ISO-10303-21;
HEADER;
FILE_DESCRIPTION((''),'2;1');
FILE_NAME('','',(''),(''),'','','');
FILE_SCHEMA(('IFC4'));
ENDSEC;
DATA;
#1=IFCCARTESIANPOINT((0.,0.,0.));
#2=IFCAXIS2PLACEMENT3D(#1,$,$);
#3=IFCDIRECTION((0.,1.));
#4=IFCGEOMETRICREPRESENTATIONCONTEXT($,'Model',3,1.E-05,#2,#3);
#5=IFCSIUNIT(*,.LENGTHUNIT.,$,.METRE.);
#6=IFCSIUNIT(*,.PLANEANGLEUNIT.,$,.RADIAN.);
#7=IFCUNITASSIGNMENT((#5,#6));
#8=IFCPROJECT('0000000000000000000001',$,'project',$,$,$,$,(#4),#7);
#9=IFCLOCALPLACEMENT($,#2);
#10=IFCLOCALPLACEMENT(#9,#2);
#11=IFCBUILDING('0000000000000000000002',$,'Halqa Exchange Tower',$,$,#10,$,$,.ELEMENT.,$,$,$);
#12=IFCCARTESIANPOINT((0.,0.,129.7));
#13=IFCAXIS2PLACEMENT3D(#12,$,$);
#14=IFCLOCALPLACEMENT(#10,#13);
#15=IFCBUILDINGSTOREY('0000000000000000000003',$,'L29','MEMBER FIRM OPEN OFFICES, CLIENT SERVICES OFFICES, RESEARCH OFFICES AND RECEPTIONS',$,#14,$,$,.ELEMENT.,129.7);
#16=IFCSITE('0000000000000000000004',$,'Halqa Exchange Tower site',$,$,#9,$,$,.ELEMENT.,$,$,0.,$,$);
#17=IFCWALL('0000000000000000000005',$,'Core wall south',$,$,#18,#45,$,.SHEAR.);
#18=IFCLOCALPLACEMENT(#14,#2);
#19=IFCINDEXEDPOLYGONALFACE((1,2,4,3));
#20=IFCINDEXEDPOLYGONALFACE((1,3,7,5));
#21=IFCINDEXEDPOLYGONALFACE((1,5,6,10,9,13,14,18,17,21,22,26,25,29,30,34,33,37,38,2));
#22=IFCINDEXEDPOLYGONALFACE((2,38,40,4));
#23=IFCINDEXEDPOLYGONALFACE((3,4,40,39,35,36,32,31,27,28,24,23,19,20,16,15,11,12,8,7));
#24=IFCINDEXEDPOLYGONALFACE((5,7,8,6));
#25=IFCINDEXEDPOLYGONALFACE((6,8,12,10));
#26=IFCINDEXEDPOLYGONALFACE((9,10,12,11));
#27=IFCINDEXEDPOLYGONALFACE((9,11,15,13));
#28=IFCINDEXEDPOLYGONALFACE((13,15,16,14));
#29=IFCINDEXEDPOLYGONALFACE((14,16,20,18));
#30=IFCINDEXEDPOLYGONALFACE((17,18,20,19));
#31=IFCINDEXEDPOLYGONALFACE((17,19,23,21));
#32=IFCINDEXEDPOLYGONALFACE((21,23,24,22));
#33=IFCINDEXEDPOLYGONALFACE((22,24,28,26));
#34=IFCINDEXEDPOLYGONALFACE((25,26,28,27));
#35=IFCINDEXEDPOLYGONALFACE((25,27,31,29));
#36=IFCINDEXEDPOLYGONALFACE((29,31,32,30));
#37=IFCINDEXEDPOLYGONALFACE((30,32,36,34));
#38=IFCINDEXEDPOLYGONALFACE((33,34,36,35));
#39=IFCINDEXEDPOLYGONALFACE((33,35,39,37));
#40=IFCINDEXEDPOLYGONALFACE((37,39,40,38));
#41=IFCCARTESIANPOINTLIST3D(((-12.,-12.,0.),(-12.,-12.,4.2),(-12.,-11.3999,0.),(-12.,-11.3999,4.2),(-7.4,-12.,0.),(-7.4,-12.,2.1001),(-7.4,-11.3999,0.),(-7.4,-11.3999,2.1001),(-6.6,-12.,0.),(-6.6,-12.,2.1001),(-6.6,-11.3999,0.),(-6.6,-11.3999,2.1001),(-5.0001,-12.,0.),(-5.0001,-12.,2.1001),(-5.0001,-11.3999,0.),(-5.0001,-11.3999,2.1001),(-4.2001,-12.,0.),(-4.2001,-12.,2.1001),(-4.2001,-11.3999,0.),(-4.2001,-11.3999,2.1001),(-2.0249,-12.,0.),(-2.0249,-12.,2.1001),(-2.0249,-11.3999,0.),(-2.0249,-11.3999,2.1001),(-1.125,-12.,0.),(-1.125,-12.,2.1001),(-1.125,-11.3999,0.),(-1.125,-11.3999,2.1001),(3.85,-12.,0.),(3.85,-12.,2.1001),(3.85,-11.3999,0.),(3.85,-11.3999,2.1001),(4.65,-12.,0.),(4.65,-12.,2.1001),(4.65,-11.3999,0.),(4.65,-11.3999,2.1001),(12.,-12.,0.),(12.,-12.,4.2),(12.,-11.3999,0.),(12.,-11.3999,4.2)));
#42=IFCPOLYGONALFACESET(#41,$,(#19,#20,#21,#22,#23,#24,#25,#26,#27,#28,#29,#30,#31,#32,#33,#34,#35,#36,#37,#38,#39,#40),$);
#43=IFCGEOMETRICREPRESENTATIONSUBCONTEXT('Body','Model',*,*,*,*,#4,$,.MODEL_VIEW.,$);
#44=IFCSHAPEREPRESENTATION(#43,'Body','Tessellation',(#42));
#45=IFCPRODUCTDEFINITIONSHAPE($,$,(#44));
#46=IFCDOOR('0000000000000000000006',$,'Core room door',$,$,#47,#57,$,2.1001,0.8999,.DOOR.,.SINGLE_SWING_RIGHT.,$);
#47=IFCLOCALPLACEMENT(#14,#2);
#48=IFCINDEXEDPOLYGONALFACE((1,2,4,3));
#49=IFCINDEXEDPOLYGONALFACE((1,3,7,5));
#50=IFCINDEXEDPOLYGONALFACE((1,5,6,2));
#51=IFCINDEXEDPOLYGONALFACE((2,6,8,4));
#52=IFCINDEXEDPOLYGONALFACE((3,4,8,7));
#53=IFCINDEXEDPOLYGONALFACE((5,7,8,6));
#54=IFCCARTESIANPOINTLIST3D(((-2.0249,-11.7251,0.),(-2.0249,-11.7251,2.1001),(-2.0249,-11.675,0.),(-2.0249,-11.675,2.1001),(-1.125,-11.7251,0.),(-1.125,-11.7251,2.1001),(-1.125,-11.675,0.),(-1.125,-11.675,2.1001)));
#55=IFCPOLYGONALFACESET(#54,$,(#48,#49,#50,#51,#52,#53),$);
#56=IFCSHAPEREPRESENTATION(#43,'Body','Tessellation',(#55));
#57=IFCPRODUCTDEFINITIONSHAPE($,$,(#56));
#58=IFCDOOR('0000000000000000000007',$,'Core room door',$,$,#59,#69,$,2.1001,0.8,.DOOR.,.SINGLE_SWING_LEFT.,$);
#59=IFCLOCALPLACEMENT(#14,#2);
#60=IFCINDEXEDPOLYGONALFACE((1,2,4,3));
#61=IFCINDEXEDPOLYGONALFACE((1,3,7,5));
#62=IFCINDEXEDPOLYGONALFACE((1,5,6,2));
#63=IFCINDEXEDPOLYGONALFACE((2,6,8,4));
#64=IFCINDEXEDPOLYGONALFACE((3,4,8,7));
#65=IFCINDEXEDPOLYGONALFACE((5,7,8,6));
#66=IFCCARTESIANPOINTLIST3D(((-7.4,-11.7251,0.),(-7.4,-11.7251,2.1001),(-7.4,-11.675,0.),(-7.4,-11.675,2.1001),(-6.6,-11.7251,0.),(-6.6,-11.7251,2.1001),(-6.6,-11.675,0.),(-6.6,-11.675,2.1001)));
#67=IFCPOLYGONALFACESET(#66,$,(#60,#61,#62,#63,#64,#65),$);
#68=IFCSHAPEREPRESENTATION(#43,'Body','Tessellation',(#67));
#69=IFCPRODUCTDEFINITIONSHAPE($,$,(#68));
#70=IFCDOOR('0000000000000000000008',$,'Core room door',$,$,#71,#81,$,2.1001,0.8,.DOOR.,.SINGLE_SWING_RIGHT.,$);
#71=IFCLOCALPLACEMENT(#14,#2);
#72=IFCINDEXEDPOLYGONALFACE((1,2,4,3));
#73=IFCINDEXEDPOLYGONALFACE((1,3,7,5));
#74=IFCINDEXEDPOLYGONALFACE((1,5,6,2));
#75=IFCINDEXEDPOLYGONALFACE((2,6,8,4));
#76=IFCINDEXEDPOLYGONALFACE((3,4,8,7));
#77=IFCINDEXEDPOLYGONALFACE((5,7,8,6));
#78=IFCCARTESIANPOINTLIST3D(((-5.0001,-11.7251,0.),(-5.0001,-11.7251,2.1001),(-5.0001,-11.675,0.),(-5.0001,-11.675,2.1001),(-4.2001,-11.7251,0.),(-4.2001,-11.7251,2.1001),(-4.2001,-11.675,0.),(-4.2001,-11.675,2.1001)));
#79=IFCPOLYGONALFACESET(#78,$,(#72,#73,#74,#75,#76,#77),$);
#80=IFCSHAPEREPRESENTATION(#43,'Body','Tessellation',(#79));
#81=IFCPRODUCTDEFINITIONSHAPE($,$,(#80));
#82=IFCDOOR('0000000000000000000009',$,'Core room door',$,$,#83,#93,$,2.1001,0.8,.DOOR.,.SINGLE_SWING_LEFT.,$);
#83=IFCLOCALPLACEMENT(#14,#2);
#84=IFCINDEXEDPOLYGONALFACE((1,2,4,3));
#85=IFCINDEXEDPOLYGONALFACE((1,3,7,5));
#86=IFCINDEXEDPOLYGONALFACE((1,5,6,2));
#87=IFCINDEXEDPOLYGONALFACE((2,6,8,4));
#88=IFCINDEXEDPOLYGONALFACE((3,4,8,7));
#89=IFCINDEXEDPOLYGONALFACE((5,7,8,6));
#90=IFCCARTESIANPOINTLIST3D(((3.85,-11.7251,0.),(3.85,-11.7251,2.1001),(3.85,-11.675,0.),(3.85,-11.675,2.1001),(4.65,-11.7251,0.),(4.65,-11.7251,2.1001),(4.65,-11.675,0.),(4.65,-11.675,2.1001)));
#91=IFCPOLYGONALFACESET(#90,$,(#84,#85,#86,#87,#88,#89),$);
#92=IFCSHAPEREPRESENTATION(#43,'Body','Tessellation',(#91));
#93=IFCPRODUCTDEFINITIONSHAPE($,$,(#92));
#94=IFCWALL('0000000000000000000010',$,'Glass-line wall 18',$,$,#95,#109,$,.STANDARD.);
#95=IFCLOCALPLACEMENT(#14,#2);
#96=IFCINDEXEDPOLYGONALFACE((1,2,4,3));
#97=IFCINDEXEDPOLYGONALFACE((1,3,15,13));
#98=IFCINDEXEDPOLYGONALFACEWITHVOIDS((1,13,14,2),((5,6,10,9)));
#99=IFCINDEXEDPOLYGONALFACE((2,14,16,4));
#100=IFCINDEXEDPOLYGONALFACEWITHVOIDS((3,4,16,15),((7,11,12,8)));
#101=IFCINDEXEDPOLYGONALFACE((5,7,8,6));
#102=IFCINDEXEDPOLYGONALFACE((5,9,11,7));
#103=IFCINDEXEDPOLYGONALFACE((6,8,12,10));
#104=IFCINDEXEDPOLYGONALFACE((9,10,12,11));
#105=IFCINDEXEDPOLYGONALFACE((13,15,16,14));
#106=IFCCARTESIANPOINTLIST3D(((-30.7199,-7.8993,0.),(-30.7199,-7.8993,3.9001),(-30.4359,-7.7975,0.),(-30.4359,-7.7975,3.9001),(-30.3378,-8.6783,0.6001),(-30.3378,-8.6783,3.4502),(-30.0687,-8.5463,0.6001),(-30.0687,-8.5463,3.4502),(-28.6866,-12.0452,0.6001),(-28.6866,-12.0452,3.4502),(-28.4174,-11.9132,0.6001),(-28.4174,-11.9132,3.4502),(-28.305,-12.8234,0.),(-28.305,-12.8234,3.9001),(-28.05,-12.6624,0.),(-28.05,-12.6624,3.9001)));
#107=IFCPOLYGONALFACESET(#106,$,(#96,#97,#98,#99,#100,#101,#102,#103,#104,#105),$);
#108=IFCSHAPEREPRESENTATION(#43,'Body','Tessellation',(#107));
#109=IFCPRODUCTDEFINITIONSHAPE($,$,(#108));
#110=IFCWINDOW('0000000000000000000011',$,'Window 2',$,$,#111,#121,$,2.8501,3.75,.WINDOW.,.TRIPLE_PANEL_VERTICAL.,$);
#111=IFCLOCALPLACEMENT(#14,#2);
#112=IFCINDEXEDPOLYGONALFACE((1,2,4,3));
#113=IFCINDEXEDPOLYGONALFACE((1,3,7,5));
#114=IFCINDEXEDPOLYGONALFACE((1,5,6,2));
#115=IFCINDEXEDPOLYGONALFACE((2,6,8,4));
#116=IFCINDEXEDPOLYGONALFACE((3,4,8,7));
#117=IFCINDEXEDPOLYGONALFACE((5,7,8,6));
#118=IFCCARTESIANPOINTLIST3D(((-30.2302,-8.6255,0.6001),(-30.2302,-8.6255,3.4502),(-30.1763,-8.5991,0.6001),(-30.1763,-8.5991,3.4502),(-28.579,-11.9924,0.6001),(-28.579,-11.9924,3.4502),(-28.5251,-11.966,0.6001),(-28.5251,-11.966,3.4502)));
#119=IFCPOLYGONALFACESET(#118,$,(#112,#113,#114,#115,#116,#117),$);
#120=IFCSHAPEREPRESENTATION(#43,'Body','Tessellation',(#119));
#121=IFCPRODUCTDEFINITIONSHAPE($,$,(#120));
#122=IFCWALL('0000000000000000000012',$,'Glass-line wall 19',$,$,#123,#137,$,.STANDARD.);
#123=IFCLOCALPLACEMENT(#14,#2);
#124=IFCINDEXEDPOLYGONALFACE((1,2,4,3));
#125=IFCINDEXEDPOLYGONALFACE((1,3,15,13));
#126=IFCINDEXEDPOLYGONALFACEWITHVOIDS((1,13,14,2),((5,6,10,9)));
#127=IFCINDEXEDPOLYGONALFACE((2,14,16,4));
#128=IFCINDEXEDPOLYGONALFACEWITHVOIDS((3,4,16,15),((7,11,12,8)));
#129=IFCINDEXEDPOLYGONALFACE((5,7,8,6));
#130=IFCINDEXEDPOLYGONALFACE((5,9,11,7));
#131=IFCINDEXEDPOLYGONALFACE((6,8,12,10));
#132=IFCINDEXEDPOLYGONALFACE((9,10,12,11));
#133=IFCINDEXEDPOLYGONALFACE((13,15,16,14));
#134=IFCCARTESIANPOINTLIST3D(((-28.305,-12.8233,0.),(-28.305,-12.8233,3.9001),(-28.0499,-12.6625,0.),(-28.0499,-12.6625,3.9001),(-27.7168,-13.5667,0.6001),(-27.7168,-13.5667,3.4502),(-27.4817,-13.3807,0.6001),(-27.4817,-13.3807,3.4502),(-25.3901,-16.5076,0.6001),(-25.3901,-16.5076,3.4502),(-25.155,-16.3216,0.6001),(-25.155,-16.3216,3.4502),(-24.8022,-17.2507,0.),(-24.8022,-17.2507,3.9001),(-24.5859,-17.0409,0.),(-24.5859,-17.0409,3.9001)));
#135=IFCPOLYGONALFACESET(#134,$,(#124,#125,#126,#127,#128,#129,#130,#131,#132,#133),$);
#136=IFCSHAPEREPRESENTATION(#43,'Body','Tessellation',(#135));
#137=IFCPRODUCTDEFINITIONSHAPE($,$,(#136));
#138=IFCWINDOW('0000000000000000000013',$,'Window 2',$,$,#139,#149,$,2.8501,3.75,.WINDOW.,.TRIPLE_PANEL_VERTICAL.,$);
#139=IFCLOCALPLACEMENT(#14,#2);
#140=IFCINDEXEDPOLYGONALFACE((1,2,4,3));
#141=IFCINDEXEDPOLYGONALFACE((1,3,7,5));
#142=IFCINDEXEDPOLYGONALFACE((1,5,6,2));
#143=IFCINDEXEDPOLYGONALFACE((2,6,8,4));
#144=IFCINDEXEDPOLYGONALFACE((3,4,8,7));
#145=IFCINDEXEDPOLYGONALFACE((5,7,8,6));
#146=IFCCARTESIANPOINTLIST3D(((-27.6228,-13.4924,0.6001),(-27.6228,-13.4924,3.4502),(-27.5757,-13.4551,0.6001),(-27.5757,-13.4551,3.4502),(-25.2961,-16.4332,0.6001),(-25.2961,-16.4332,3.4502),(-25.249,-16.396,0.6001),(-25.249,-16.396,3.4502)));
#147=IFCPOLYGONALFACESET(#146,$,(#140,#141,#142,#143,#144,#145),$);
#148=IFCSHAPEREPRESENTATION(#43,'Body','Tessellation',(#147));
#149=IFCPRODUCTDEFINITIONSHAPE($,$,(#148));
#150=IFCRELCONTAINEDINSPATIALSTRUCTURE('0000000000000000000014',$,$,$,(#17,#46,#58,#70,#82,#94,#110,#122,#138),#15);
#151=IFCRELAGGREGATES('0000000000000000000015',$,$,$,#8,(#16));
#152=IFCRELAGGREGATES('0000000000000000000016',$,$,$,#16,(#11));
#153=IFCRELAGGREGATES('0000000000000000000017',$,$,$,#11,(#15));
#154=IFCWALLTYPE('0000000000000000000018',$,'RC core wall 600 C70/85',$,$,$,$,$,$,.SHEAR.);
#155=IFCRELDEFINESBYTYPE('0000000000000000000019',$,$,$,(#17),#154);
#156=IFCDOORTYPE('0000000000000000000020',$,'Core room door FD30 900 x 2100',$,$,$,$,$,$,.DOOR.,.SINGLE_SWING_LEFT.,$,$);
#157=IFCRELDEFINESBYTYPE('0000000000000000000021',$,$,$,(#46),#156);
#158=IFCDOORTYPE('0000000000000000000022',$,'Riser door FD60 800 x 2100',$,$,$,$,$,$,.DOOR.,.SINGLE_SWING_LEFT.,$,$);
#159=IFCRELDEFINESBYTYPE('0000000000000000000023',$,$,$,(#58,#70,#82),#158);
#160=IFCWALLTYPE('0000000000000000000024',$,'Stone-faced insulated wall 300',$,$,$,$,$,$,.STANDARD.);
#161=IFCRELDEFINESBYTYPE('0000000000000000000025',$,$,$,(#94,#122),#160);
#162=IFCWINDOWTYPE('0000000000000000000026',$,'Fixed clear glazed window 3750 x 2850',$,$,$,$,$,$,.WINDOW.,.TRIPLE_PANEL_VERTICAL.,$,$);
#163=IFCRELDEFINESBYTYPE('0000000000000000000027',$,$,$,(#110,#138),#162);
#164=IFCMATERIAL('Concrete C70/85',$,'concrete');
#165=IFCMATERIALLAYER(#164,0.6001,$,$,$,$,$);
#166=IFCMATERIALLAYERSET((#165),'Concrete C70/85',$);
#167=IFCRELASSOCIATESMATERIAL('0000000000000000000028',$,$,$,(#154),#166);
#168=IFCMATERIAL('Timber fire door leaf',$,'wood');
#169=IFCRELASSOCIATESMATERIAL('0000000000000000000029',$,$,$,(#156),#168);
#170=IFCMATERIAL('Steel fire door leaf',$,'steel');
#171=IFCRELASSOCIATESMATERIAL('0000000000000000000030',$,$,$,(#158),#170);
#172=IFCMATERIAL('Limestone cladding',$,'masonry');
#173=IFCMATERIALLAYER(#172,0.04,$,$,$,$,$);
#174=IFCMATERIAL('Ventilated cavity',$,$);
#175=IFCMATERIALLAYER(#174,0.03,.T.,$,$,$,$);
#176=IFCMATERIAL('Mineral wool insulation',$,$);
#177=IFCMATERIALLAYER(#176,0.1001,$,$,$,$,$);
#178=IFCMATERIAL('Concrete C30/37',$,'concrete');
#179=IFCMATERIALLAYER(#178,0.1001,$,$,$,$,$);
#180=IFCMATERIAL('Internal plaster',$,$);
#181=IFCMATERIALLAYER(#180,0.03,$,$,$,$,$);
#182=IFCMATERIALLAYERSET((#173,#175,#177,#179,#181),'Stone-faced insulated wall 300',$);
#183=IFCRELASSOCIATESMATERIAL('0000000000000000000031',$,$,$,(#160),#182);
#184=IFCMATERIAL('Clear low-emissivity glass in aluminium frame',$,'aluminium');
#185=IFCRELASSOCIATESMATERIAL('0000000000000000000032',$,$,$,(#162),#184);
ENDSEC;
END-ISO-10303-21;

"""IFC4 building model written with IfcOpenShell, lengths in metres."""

from ifc_helpers import new_model, si_unit, direction, frame, frame_2d, origin, place, context, subcontext, project, spatial, polyline, rectangle, outline, extrude, material, layer, layer_set, type_object, element, fill, save


model = new_model("IFC4")

# Units and contexts
model_context = context("Model", 3, precision=1e-05, world=origin(), true_north=direction((0.0, 1.0)))
body_context = subcontext(model_context, "Body", "Model", "MODEL_VIEW")
ifc_project = project(units=[si_unit("LENGTHUNIT", "METRE"), si_unit("PLANEANGLEUNIT", "RADIAN")], contexts=[model_context])

# Site, building, storey
site_placement = place(None, origin())
site = spatial("IfcSite", under=ifc_project, at=site_placement, Name="Halqa Exchange Tower site", CompositionType="ELEMENT", RefElevation=0.0)
building_placement = place(site_placement, origin())
building = spatial("IfcBuilding", under=site, at=building_placement, Name="Halqa Exchange Tower", CompositionType="ELEMENT")
storey_placement = place(building_placement, frame((0.0, 0.0, 129.7)))
storey = spatial("IfcBuildingStorey", under=building, at=storey_placement, Name="L29", Description="MEMBER FIRM OPEN OFFICES, CLIENT SERVICES OFFICES, RESEARCH OFFICES AND RECEPTIONS", CompositionType="ELEMENT", Elevation=129.7)

# Shared definitions
ifc_material_1 = material(Name="Concrete C70/85", Category="concrete")

# Shared definitions
ifc_material_2 = material(Name="Steel fire door leaf", Category="steel")

# Wall, openings, doors
ifc_layer_1 = layer(ifc_material_1, 0.6001)
ifc_layer_set_1 = layer_set([ifc_layer_1], Name="Concrete C70/85")
wall_type_1 = type_object("IfcWallType", Name="RC core wall 600 C70/85", PredefinedType="SHEAR", material=ifc_layer_set_1)
wall_1_placement = place(storey_placement, frame((-12.0, -11.7, 0.0), z_axis=(0.0, 0.0, 1.0), x_axis=(1.0, 0.0, 0.0)))
wall_1 = element("IfcWall", 1, at=wall_1_placement, inside=storey, type_object=wall_type_1, Name="Core wall south", PredefinedType="SHEAR", context=body_context, shape_type="SweptSolid", body=[
    extrude(rectangle(XDim=24.0, YDim=0.6001, at=frame_2d((12.0, 0.0))), origin(), (0.0, 0.0, 1.0), 4.2),
])
opening_1_placement = place(wall_1_placement, frame((9.9751, 0.0, 0.0)))
opening_1 = element("IfcOpeningElement", 2, at=opening_1_placement, cuts=wall_1, PredefinedType="OPENING", context=body_context, shape_type="SweptSolid", body=[
    extrude(rectangle(XDim=0.8999, YDim=2.1001, at=frame_2d((0.45, 1.05))), frame((0.0, 0.312, 0.0), z_axis=(0.0, -1.0, 0.0), x_axis=(1.0, 0.0, 0.0)), (0.0, 0.0, 1.0), 0.624),
])
opening_2_placement = place(wall_1_placement, frame((4.6001, 0.0, 0.0)))
opening_2 = element("IfcOpeningElement", 3, at=opening_2_placement, cuts=wall_1, PredefinedType="OPENING", context=body_context, shape_type="SweptSolid", body=[
    extrude(rectangle(XDim=0.8, YDim=2.1001, at=frame_2d((0.3999, 1.05))), frame((0.0, 0.312, 0.0), z_axis=(0.0, -1.0, 0.0), x_axis=(1.0, 0.0, 0.0)), (0.0, 0.0, 1.0), 0.624),
])
opening_3_placement = place(wall_1_placement, frame((7.0, 0.0, 0.0)))
opening_3 = element("IfcOpeningElement", 4, at=opening_3_placement, cuts=wall_1, PredefinedType="OPENING", context=body_context, shape_type="SweptSolid", body=[
    extrude(rectangle(XDim=0.8, YDim=2.1001, at=frame_2d((0.3999, 1.05))), frame((0.0, 0.312, 0.0), z_axis=(0.0, -1.0, 0.0), x_axis=(1.0, 0.0, 0.0)), (0.0, 0.0, 1.0), 0.624),
])
opening_4_placement = place(wall_1_placement, frame((15.8501, 0.0, 0.0)))
opening_4 = element("IfcOpeningElement", 5, at=opening_4_placement, cuts=wall_1, PredefinedType="OPENING", context=body_context, shape_type="SweptSolid", body=[
    extrude(rectangle(XDim=0.8, YDim=2.1001, at=frame_2d((0.3999, 1.05))), frame((0.0, 0.312, 0.0), z_axis=(0.0, -1.0, 0.0), x_axis=(1.0, 0.0, 0.0)), (0.0, 0.0, 1.0), 0.624),
])
ifc_material_3 = material(Name="Timber fire door leaf", Category="wood")
door_type_1 = type_object("IfcDoorType", Name="Core room door FD30 900 x 2100", OperationType="SINGLE_SWING_LEFT", PredefinedType="DOOR", material=ifc_material_3)
door_1_placement = place(opening_1_placement, origin())
door_1 = element("IfcDoor", 6, at=door_1_placement, inside=storey, type_object=door_type_1, Name="Core room door", OperationType="SINGLE_SWING_RIGHT", OverallHeight=2.1001, OverallWidth=0.8999, PredefinedType="DOOR", context=body_context, shape_type="SweptSolid", body=[
    extrude(rectangle(XDim=0.8999, YDim=2.1001, at=frame_2d((0.45, 1.05))), frame((0.0, 0.0249, 0.0), z_axis=(0.0, -1.0, 0.0), x_axis=(1.0, 0.0, 0.0)), (0.0, 0.0, 1.0), 0.05),
])
fill(opening_1, door_1)
door_type_2 = type_object("IfcDoorType", Name="Riser door FD60 800 x 2100", OperationType="SINGLE_SWING_LEFT", PredefinedType="DOOR", material=ifc_material_2)
door_2_placement = place(opening_2_placement, origin())
door_2 = element("IfcDoor", 7, at=door_2_placement, inside=storey, type_object=door_type_2, Name="Core room door", OperationType="SINGLE_SWING_LEFT", OverallHeight=2.1001, OverallWidth=0.8, PredefinedType="DOOR", context=body_context, shape_type="SweptSolid", body=[
    extrude(rectangle(XDim=0.8, YDim=2.1001, at=frame_2d((0.3999, 1.05))), frame((0.0, 0.0249, 0.0), z_axis=(0.0, -1.0, 0.0), x_axis=(1.0, 0.0, 0.0)), (0.0, 0.0, 1.0), 0.05),
])
fill(opening_2, door_2)
door_3_placement = place(opening_3_placement, origin())
door_3 = element("IfcDoor", 8, at=door_3_placement, inside=storey, type_object=door_type_2, Name="Core room door", OperationType="SINGLE_SWING_RIGHT", OverallHeight=2.1001, OverallWidth=0.8, PredefinedType="DOOR", context=body_context, shape_type="SweptSolid", body=[
    extrude(rectangle(XDim=0.8, YDim=2.1001, at=frame_2d((0.3999, 1.05))), frame((0.0, 0.0249, 0.0), z_axis=(0.0, -1.0, 0.0), x_axis=(1.0, 0.0, 0.0)), (0.0, 0.0, 1.0), 0.05),
])
fill(opening_3, door_3)
door_4_placement = place(opening_4_placement, origin())
door_4 = element("IfcDoor", 9, at=door_4_placement, inside=storey, type_object=door_type_2, Name="Core room door", OperationType="SINGLE_SWING_LEFT", OverallHeight=2.1001, OverallWidth=0.8, PredefinedType="DOOR", context=body_context, shape_type="SweptSolid", body=[
    extrude(rectangle(XDim=0.8, YDim=2.1001, at=frame_2d((0.3999, 1.05))), frame((0.0, 0.0249, 0.0), z_axis=(0.0, -1.0, 0.0), x_axis=(1.0, 0.0, 0.0)), (0.0, 0.0, 1.0), 0.05),
])
fill(opening_4, door_4)

# Walls, openings, windows
ifc_material_4 = material(Name="Limestone cladding", Category="masonry")
ifc_layer_2 = layer(ifc_material_4, 0.04)
ifc_material_5 = material(Name="Ventilated cavity")
ifc_layer_3 = layer(ifc_material_5, 0.03, ventilated=True)
ifc_material_6 = material(Name="Mineral wool insulation")
ifc_layer_4 = layer(ifc_material_6, 0.1001)
ifc_material_7 = material(Name="Concrete C30/37", Category="concrete")
ifc_layer_5 = layer(ifc_material_7, 0.1001)
ifc_material_8 = material(Name="Internal plaster")
ifc_layer_6 = layer(ifc_material_8, 0.03)
ifc_layer_set_2 = layer_set([ifc_layer_2, ifc_layer_3, ifc_layer_4, ifc_layer_5, ifc_layer_6], Name="Stone-faced insulated wall 300")
wall_type_2 = type_object("IfcWallType", Name="Stone-faced insulated wall 300", PredefinedType="STANDARD", material=ifc_layer_set_2)
wall_2_placement = place(storey_placement, frame((-30.5779, -7.8484, 0.0), z_axis=(0.0, 0.0, 1.0), x_axis=(0.440321, -0.89784, 0.0)))
wall_2 = element("IfcWall", 10, at=wall_2_placement, inside=storey, type_object=wall_type_2, Name="Glass-line wall 18", PredefinedType="STANDARD", context=body_context, shape_type="SweptSolid", body=[
    extrude(outline(polyline([(-0.0168, -0.1499), (5.4675, -0.1499), (5.4353, 0.1499), (0.0168, 0.1499), (-0.0168, -0.1499)])), origin(), (0.0, 0.0, 1.0), 3.9001),
])
opening_5_placement = place(wall_2_placement, frame((0.8508, 0.0, 0.6001)))
opening_5 = element("IfcOpeningElement", 11, at=opening_5_placement, cuts=wall_2, PredefinedType="OPENING", context=body_context, shape_type="SweptSolid", body=[
    extrude(rectangle(XDim=3.75, YDim=2.8501, at=frame_2d((1.875, 1.425))), frame((0.0, 0.1621, 0.0), z_axis=(0.0, -1.0, 0.0), x_axis=(1.0, 0.0, 0.0)), (0.0, 0.0, 1.0), 0.324),
])
ifc_material_9 = material(Name="Clear low-emissivity glass in aluminium frame", Category="aluminium")
window_type = type_object("IfcWindowType", Name="Fixed clear glazed window 3750 x 2850", PartitioningType="TRIPLE_PANEL_VERTICAL", PredefinedType="WINDOW", material=ifc_material_9)
window_1_placement = place(opening_5_placement, origin())
window_1 = element("IfcWindow", 12, at=window_1_placement, inside=storey, type_object=window_type, Name="Window 2", OverallHeight=2.8501, OverallWidth=3.75, PartitioningType="TRIPLE_PANEL_VERTICAL", PredefinedType="WINDOW", context=body_context, shape_type="SweptSolid", body=[
    extrude(rectangle(XDim=3.75, YDim=2.8501, at=frame_2d((1.875, 1.425))), frame((0.0, 0.03, 0.0), z_axis=(0.0, -1.0, 0.0), x_axis=(1.0, 0.0, 0.0)), (0.0, 0.0, 1.0), 0.0601),
])
fill(opening_5, window_1)
wall_3_placement = place(storey_placement, frame((-28.1775, -12.7429, 0.0), z_axis=(0.0, 0.0, 1.0), x_axis=(0.620465, -0.784234, 0.0)))
wall_3 = element("IfcWall", 13, at=wall_3_placement, inside=storey, type_object=wall_type_2, Name="Glass-line wall 19", PredefinedType="STANDARD", context=body_context, shape_type="SweptSolid", body=[
    extrude(outline(polyline([(-0.0161, -0.1499), (5.6294, -0.1499), (5.5991, 0.1499), (0.0161, 0.1499), (-0.0161, -0.1499)])), origin(), (0.0, 0.0, 1.0), 3.9001),
])
opening_6_placement = place(wall_3_placement, frame((0.9319, 0.0, 0.6001)))
opening_6 = element("IfcOpeningElement", 14, at=opening_6_placement, cuts=wall_3, PredefinedType="OPENING", context=body_context, shape_type="SweptSolid", body=[
    extrude(rectangle(XDim=3.75, YDim=2.8501, at=frame_2d((1.875, 1.425))), frame((0.0, 0.1621, 0.0), z_axis=(0.0, -1.0, 0.0), x_axis=(1.0, 0.0, 0.0)), (0.0, 0.0, 1.0), 0.324),
])
window_2_placement = place(opening_6_placement, origin())
window_2 = element("IfcWindow", 15, at=window_2_placement, inside=storey, type_object=window_type, Name="Window 2", OverallHeight=2.8501, OverallWidth=3.75, PartitioningType="TRIPLE_PANEL_VERTICAL", PredefinedType="WINDOW", context=body_context, shape_type="SweptSolid", body=[
    extrude(rectangle(XDim=3.75, YDim=2.8501, at=frame_2d((1.875, 1.425))), frame((0.0, 0.03, 0.0), z_axis=(0.0, -1.0, 0.0), x_axis=(1.0, 0.0, 0.0)), (0.0, 0.0, 1.0), 0.0601),
])
fill(opening_6, window_2)

save(model, "model.ifc")
